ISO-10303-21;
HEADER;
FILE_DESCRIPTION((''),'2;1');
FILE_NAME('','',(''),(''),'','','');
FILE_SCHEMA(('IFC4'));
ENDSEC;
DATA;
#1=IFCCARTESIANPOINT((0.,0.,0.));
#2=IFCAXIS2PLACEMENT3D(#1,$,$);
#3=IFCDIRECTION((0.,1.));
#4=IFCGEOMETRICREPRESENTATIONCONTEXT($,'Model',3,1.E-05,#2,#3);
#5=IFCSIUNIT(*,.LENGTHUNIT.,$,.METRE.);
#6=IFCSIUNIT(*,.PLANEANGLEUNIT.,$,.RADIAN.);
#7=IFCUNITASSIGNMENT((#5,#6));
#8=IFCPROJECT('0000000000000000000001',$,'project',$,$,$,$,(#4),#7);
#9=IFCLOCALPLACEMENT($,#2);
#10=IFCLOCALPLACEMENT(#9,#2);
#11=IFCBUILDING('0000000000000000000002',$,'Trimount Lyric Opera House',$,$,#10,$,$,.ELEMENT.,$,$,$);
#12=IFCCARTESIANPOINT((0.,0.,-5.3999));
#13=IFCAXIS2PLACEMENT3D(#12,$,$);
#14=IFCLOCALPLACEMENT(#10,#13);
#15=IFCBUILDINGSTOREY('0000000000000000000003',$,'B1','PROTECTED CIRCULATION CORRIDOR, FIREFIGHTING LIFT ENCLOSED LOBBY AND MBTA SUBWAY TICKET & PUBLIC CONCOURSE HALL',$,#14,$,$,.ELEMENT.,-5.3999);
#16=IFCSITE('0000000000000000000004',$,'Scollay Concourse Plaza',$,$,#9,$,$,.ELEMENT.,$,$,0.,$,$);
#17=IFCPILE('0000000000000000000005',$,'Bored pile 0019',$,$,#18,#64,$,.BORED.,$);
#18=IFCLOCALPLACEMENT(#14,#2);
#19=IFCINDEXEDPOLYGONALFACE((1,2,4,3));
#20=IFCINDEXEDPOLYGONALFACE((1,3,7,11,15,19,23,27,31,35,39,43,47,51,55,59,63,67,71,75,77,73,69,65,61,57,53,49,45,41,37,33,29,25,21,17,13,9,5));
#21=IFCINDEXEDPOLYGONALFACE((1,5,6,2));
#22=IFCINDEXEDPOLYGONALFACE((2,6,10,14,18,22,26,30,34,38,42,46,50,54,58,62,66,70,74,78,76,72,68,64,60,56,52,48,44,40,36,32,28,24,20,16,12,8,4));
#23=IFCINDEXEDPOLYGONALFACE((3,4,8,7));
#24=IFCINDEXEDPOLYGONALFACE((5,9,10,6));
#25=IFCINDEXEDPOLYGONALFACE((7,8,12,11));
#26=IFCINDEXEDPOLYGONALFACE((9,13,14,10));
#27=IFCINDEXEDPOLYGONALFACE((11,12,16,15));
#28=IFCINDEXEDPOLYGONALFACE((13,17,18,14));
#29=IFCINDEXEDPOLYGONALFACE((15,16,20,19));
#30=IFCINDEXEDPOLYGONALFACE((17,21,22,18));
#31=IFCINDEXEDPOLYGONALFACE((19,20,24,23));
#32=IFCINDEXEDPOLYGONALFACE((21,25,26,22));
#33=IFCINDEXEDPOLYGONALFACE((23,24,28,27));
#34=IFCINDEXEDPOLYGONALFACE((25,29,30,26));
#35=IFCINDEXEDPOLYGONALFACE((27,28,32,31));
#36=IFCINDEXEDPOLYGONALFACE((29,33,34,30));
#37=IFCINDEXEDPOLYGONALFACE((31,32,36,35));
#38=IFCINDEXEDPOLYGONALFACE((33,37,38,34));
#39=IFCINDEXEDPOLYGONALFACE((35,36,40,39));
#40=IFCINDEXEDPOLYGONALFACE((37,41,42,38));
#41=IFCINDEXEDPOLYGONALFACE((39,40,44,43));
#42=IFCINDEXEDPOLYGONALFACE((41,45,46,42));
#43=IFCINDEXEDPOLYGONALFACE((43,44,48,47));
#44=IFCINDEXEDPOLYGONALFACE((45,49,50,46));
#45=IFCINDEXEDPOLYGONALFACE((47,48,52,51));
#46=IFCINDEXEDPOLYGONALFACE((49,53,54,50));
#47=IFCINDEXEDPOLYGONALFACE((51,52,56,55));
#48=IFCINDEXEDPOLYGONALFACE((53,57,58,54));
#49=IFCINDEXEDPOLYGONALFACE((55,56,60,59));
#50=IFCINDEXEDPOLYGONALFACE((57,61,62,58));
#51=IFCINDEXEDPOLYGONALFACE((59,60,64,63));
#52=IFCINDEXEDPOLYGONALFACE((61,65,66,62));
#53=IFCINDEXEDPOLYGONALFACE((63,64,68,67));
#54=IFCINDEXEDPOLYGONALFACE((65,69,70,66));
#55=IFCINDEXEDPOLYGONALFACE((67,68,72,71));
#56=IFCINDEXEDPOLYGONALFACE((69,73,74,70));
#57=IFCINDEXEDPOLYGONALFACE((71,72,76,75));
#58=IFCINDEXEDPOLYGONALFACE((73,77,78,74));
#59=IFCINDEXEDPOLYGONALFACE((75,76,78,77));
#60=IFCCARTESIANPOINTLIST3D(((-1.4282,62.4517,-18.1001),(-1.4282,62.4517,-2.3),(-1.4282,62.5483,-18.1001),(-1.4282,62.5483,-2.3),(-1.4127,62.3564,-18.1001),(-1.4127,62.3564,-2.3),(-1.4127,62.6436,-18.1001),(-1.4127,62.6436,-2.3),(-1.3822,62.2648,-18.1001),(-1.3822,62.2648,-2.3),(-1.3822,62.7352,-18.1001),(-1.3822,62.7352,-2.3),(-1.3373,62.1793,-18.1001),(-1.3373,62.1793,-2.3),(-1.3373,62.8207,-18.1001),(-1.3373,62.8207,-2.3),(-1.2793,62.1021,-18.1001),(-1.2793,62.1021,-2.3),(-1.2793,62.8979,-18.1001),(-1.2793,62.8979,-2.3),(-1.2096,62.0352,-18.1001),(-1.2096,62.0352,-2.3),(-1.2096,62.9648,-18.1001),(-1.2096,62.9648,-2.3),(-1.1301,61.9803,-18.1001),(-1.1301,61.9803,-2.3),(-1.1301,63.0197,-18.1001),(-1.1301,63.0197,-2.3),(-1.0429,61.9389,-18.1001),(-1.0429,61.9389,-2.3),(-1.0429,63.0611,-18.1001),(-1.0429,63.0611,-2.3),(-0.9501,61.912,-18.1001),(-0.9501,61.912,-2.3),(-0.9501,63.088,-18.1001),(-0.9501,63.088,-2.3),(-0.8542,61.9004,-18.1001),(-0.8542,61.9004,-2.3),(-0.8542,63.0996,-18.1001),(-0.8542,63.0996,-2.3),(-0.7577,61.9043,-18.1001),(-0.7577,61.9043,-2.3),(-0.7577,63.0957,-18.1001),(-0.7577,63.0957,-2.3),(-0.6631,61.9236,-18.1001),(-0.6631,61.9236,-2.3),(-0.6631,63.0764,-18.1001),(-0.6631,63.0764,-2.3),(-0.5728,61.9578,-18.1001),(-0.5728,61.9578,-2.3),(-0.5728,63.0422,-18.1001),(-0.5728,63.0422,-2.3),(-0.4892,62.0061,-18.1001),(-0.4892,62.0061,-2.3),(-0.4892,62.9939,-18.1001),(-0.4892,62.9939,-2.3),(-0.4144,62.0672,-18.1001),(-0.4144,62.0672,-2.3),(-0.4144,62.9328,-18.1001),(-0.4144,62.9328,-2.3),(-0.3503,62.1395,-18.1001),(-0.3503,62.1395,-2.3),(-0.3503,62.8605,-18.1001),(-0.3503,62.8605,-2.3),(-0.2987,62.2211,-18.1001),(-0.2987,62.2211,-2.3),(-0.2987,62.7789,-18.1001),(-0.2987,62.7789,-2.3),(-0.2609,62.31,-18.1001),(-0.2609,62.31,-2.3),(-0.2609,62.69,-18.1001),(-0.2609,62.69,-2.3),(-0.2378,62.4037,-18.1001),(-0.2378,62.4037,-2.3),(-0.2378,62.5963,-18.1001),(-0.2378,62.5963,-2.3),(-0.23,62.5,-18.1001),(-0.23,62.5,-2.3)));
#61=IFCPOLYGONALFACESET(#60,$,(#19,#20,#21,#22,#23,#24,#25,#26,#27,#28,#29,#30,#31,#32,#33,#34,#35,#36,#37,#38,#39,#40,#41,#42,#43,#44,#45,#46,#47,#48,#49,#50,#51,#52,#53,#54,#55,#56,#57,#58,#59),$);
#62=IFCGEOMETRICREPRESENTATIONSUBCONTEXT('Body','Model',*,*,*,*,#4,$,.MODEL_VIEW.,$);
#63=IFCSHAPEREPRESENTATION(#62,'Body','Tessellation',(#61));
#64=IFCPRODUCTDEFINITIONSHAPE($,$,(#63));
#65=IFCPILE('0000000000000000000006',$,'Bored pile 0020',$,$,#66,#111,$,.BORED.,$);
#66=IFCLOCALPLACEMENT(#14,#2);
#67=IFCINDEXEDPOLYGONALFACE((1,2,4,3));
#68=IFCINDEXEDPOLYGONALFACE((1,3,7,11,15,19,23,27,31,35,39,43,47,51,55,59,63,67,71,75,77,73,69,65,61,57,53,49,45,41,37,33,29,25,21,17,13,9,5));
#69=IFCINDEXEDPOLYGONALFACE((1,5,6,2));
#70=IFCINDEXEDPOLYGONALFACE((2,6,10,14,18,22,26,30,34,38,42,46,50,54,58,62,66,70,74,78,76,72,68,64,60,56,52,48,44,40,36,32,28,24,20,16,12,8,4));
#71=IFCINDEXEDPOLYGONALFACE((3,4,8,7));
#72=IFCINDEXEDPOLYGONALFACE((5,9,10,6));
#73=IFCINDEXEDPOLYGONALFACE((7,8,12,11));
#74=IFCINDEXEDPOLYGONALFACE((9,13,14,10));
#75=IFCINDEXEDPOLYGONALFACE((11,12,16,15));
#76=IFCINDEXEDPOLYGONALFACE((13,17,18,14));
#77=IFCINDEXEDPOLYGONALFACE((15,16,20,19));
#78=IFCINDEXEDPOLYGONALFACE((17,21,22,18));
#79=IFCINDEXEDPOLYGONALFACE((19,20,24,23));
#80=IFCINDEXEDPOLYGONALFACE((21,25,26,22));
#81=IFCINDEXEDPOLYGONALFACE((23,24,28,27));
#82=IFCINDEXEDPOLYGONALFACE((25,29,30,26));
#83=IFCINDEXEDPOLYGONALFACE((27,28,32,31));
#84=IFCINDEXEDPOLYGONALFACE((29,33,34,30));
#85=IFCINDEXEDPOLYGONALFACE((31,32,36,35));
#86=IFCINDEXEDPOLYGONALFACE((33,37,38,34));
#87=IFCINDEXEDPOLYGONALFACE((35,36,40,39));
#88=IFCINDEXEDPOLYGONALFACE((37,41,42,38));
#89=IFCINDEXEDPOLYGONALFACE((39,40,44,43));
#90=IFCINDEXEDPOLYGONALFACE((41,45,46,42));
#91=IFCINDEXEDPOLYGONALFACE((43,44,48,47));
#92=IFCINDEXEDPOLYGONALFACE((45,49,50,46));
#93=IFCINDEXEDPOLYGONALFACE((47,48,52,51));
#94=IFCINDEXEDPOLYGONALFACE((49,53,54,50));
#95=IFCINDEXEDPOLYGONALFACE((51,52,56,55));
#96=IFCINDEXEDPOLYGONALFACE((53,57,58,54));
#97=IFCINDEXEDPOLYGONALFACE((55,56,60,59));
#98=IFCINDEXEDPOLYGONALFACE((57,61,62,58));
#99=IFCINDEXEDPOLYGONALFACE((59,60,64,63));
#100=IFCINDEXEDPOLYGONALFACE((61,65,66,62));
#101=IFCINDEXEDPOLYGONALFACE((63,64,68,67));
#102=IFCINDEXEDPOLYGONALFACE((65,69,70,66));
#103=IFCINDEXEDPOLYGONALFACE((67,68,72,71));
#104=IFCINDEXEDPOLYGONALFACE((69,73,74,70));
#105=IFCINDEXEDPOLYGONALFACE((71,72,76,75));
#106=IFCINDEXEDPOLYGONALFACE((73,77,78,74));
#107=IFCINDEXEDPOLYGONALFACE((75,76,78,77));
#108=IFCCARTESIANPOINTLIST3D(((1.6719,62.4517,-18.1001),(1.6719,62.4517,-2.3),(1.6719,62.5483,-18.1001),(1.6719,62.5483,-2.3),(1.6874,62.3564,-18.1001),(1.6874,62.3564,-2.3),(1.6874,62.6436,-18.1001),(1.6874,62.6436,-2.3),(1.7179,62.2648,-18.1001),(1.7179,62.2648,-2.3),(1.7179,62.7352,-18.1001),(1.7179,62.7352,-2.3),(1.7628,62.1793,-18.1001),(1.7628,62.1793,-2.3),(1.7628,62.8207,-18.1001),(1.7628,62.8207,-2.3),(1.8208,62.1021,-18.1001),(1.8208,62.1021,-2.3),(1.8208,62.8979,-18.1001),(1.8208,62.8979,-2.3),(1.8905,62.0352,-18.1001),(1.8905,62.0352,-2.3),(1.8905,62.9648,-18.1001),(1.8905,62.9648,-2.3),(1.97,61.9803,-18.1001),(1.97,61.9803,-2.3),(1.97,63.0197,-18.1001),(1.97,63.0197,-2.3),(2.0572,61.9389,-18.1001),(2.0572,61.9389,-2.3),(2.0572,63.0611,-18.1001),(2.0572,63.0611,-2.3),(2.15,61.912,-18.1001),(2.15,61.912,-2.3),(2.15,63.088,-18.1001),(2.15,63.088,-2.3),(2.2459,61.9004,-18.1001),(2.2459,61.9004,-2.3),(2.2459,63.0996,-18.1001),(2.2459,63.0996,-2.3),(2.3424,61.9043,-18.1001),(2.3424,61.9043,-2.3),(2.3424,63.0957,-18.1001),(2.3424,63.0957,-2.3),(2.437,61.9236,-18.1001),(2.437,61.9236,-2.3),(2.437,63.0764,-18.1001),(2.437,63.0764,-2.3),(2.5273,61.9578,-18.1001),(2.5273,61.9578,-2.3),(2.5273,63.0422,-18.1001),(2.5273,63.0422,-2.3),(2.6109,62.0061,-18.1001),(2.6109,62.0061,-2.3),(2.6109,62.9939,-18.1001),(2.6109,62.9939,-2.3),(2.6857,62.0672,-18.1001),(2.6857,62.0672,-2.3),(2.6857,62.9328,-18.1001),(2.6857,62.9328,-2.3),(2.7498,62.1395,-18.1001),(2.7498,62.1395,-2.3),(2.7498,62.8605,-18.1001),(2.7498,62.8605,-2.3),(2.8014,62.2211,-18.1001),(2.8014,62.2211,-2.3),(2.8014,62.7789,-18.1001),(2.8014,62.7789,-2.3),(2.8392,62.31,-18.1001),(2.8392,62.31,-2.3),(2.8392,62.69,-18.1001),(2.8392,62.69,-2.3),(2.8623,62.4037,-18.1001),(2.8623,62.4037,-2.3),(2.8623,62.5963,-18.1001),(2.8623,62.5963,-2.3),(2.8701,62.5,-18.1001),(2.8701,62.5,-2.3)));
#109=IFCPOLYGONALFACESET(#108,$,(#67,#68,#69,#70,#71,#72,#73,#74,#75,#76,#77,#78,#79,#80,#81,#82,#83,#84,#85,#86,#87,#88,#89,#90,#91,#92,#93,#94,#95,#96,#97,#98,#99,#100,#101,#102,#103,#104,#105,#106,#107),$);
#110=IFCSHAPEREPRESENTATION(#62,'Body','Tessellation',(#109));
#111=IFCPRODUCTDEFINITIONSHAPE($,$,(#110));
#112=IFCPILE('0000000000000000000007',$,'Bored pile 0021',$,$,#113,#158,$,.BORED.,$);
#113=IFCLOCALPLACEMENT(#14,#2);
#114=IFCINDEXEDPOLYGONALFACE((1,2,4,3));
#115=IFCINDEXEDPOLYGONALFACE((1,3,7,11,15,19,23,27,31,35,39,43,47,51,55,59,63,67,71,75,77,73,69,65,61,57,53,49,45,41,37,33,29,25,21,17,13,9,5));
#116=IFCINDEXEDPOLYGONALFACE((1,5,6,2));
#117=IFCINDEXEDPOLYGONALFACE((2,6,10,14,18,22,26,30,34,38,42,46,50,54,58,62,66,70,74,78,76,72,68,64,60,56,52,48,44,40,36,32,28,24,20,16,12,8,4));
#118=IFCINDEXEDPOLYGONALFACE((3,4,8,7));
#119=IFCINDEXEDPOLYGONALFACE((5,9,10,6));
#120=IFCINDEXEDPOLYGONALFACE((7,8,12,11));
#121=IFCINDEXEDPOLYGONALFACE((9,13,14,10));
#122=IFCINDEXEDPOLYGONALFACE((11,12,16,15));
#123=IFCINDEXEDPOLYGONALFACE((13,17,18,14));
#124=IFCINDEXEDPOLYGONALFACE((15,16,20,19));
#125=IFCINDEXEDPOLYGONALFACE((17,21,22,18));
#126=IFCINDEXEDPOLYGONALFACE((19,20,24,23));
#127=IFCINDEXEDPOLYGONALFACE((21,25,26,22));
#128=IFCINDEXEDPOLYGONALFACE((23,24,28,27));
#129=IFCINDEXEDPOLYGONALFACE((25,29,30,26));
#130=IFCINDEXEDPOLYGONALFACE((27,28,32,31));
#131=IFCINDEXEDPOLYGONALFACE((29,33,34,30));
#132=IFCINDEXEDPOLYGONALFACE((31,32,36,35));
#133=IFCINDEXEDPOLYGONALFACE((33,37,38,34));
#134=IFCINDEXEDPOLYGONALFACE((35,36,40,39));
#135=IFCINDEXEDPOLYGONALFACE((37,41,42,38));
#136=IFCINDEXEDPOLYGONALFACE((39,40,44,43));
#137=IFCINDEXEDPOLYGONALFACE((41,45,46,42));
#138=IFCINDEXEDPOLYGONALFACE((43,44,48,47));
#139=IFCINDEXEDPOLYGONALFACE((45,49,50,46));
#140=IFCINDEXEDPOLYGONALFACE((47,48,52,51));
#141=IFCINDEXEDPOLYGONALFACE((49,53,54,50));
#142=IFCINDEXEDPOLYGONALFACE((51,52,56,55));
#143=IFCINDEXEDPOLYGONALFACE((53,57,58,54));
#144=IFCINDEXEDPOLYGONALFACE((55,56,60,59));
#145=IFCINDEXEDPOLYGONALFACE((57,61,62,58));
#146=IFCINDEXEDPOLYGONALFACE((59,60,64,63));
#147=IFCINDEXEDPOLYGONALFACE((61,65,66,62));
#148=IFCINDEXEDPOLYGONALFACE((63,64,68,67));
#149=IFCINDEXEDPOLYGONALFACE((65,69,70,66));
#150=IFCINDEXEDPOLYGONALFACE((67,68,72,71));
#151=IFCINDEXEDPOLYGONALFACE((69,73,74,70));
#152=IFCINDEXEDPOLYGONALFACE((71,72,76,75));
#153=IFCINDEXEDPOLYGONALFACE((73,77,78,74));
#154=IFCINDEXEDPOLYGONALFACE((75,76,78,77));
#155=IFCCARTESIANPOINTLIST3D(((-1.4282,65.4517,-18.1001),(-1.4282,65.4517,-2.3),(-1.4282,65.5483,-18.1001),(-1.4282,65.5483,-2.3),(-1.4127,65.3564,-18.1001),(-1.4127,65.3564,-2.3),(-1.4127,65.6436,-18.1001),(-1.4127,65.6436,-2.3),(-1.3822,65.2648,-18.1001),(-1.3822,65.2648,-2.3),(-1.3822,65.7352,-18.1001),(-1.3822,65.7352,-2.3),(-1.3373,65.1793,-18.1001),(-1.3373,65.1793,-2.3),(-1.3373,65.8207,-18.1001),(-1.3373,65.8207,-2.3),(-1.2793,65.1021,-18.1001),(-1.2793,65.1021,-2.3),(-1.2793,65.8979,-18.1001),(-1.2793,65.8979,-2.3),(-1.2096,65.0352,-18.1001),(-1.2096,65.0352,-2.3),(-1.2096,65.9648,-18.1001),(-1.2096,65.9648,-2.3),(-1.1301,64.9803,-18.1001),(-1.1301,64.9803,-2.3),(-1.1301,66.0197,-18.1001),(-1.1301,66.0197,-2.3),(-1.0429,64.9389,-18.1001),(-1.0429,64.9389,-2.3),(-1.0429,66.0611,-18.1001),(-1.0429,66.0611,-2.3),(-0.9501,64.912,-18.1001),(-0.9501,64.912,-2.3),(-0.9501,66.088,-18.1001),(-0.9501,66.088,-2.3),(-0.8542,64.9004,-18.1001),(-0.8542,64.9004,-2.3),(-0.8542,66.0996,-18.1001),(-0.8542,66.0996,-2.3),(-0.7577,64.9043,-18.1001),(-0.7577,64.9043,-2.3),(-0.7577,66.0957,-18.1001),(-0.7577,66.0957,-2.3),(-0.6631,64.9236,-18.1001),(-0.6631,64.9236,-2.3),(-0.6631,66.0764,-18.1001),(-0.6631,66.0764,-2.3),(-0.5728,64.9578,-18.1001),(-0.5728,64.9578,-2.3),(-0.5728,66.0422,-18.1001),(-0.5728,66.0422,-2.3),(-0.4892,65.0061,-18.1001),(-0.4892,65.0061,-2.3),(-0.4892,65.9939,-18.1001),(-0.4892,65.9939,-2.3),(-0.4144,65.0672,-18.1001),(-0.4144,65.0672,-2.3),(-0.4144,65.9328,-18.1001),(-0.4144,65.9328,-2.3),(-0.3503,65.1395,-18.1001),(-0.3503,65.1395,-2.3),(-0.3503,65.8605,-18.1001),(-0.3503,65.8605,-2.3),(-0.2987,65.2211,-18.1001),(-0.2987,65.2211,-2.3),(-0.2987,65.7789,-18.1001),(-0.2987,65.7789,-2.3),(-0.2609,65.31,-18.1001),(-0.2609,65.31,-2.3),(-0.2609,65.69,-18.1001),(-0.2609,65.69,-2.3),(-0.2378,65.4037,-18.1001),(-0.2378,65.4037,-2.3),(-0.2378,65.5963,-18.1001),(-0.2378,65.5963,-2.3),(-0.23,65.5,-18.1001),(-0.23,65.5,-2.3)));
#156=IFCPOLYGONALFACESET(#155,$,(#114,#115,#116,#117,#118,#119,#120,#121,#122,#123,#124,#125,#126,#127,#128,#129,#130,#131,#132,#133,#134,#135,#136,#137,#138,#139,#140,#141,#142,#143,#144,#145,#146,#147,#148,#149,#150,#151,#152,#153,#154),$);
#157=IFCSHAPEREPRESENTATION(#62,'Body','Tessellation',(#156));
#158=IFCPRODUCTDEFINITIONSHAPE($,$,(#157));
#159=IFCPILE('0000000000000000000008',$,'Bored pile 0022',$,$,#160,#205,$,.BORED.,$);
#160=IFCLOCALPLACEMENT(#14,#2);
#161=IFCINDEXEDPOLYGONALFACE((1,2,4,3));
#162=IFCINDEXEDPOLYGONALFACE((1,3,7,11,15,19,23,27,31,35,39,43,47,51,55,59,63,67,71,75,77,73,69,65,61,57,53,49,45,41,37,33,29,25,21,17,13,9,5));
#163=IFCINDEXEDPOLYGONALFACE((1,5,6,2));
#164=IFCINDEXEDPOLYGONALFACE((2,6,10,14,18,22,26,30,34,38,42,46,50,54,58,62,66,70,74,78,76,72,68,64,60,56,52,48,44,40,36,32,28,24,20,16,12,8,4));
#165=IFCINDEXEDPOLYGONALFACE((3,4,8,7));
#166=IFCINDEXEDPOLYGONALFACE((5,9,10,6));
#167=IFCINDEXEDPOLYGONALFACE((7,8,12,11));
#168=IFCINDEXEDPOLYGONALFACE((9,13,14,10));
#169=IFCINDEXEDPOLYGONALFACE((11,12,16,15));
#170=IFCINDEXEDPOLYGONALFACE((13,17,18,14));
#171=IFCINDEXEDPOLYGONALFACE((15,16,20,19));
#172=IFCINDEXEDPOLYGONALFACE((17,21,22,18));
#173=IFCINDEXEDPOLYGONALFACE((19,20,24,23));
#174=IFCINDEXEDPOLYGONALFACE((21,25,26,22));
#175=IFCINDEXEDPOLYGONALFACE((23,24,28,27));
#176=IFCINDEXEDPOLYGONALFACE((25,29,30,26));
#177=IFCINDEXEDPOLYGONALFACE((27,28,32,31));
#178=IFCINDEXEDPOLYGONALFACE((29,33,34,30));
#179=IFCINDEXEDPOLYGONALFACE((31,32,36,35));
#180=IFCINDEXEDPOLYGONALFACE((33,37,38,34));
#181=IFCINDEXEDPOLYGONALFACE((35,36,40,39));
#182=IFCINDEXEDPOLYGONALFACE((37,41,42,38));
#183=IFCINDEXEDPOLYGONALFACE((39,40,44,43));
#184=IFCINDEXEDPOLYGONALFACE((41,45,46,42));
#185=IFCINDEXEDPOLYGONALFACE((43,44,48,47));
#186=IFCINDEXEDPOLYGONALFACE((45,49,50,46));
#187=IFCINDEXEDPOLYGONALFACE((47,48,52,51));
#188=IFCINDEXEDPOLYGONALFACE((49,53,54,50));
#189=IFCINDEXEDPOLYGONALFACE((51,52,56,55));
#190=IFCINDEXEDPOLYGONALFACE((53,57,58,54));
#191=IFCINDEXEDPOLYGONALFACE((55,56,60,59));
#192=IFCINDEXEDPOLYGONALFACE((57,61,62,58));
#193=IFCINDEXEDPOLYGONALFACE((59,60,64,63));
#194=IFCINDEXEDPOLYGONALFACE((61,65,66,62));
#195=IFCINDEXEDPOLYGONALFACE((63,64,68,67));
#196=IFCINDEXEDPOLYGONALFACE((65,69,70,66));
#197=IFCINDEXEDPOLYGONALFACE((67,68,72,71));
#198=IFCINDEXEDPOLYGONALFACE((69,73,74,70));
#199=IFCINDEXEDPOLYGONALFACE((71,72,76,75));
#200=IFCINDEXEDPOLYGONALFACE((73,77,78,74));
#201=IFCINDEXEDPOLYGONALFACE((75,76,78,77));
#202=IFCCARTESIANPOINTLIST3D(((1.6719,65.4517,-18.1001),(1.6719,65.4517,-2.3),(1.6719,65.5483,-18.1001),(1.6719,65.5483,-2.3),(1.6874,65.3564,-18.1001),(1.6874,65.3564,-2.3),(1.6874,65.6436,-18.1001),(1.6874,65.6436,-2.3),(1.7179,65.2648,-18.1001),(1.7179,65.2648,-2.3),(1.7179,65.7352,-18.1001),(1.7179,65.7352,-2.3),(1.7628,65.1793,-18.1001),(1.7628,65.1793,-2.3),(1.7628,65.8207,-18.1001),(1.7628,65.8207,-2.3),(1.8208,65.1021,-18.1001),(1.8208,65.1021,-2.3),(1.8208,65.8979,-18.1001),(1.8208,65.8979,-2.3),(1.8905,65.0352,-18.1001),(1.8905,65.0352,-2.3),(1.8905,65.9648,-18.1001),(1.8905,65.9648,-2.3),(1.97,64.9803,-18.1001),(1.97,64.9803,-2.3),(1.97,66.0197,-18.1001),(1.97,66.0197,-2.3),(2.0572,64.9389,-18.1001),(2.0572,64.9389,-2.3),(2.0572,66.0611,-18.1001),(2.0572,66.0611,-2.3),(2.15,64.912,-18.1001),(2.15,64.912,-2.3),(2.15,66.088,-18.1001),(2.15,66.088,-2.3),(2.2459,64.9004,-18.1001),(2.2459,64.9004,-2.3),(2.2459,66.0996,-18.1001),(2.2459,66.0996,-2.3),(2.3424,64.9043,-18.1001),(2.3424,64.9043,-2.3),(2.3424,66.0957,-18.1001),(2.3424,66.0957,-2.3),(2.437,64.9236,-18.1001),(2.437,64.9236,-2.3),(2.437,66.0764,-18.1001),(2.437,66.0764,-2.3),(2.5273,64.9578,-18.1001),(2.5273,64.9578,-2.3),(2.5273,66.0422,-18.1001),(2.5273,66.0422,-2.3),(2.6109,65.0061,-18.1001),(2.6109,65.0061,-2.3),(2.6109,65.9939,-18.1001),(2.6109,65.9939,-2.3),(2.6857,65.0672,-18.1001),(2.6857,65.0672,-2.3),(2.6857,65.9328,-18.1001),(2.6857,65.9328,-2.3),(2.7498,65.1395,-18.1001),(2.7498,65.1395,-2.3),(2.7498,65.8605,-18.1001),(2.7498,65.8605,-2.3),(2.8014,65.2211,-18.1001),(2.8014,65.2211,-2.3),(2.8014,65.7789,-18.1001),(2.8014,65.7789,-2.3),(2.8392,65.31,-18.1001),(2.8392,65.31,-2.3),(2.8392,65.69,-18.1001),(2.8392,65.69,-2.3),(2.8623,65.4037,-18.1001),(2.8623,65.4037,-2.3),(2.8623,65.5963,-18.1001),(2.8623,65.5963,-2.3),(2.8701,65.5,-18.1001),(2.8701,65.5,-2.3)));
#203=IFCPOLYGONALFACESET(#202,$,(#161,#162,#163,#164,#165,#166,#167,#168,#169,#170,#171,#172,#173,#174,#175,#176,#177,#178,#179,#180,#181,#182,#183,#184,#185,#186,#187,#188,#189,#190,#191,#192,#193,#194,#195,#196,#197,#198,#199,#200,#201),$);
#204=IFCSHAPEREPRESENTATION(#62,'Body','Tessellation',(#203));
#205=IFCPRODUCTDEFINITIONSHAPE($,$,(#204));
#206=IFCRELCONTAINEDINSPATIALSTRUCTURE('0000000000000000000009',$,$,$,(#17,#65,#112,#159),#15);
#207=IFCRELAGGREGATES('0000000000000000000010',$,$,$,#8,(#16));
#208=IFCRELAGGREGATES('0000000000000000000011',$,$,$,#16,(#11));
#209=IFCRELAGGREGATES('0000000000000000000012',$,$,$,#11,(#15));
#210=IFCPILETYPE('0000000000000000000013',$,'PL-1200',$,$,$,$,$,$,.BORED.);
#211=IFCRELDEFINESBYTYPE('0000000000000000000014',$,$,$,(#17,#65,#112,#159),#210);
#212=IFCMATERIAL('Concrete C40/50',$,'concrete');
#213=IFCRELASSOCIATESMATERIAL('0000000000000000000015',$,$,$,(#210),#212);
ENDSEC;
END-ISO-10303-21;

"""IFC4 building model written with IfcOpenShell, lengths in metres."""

from ifc_helpers import new_model, si_unit, direction, frame, origin, origin_2d, place, context, subcontext, project, spatial, circle, extrude, material, material_profile, profile_set, type_object, element, save


model = new_model("IFC4")

# Units and contexts
model_context = context("Model", 3, precision=1e-05, world=origin(), true_north=direction((0.0, 1.0)))
body_context = subcontext(model_context, "Body", "Model", "MODEL_VIEW")
ifc_project = project(units=[si_unit("LENGTHUNIT", "METRE"), si_unit("PLANEANGLEUNIT", "RADIAN")], contexts=[model_context])

# Site, building, storey
site_placement = place(None, origin())
site = spatial("IfcSite", under=ifc_project, at=site_placement, Name="Scollay Concourse Plaza", CompositionType="ELEMENT", RefElevation=0.0)
building_placement = place(site_placement, origin())
building = spatial("IfcBuilding", under=site, at=building_placement, Name="Trimount Lyric Opera House", CompositionType="ELEMENT")
storey_placement = place(building_placement, frame((0.0, 0.0, -5.3999)))
storey = spatial("IfcBuildingStorey", under=building, at=storey_placement, Name="B1", Description="PROTECTED CIRCULATION CORRIDOR, FIREFIGHTING LIFT ENCLOSED LOBBY AND MBTA SUBWAY TICKET & PUBLIC CONCOURSE HALL", CompositionType="ELEMENT", Elevation=-5.3999)

# Piles
ifc_material_1 = material(Name="Concrete C40/50", Category="concrete")
ifc_material_profile_1 = material_profile(ifc_material_1, circle(Radius=0.6001, at=origin_2d()), Name="PILE-D1200")
ifc_profile_set_1 = profile_set([ifc_material_profile_1], Name="Concrete C40/50")
pile_type_1 = type_object("IfcPileType", Name="PL-1200", PredefinedType="BORED", material=ifc_profile_set_1)
for number, where, z_axis, x_axis, name in (
    (1, (-0.8301, 62.5, -2.3), (0.0, 0.0, -1.0), (1.0, 0.0, 0.0), "Bored pile 0019"),
    (2, (2.27, 62.5, -2.3), (0.0, 0.0, -1.0), (1.0, 0.0, 0.0), "Bored pile 0020"),
    (3, (-0.8301, 65.5, -2.3), (0.0, 0.0, -1.0), (1.0, 0.0, 0.0), "Bored pile 0021"),
    (4, (2.27, 65.5, -2.3), (0.0, 0.0, -1.0), (1.0, 0.0, 0.0), "Bored pile 0022"),
):
    element("IfcPile", number, at=place(storey_placement, frame(where, z_axis=z_axis, x_axis=x_axis)), inside=storey, type_object=pile_type_1, Name=name, PredefinedType="BORED", context=body_context, shape_type="SweptSolid", body=[
        extrude(circle(Radius=0.6001, at=origin_2d()), origin(), (0.0, 0.0, 1.0), 15.8),
    ])

save(model, "model.ifc")
